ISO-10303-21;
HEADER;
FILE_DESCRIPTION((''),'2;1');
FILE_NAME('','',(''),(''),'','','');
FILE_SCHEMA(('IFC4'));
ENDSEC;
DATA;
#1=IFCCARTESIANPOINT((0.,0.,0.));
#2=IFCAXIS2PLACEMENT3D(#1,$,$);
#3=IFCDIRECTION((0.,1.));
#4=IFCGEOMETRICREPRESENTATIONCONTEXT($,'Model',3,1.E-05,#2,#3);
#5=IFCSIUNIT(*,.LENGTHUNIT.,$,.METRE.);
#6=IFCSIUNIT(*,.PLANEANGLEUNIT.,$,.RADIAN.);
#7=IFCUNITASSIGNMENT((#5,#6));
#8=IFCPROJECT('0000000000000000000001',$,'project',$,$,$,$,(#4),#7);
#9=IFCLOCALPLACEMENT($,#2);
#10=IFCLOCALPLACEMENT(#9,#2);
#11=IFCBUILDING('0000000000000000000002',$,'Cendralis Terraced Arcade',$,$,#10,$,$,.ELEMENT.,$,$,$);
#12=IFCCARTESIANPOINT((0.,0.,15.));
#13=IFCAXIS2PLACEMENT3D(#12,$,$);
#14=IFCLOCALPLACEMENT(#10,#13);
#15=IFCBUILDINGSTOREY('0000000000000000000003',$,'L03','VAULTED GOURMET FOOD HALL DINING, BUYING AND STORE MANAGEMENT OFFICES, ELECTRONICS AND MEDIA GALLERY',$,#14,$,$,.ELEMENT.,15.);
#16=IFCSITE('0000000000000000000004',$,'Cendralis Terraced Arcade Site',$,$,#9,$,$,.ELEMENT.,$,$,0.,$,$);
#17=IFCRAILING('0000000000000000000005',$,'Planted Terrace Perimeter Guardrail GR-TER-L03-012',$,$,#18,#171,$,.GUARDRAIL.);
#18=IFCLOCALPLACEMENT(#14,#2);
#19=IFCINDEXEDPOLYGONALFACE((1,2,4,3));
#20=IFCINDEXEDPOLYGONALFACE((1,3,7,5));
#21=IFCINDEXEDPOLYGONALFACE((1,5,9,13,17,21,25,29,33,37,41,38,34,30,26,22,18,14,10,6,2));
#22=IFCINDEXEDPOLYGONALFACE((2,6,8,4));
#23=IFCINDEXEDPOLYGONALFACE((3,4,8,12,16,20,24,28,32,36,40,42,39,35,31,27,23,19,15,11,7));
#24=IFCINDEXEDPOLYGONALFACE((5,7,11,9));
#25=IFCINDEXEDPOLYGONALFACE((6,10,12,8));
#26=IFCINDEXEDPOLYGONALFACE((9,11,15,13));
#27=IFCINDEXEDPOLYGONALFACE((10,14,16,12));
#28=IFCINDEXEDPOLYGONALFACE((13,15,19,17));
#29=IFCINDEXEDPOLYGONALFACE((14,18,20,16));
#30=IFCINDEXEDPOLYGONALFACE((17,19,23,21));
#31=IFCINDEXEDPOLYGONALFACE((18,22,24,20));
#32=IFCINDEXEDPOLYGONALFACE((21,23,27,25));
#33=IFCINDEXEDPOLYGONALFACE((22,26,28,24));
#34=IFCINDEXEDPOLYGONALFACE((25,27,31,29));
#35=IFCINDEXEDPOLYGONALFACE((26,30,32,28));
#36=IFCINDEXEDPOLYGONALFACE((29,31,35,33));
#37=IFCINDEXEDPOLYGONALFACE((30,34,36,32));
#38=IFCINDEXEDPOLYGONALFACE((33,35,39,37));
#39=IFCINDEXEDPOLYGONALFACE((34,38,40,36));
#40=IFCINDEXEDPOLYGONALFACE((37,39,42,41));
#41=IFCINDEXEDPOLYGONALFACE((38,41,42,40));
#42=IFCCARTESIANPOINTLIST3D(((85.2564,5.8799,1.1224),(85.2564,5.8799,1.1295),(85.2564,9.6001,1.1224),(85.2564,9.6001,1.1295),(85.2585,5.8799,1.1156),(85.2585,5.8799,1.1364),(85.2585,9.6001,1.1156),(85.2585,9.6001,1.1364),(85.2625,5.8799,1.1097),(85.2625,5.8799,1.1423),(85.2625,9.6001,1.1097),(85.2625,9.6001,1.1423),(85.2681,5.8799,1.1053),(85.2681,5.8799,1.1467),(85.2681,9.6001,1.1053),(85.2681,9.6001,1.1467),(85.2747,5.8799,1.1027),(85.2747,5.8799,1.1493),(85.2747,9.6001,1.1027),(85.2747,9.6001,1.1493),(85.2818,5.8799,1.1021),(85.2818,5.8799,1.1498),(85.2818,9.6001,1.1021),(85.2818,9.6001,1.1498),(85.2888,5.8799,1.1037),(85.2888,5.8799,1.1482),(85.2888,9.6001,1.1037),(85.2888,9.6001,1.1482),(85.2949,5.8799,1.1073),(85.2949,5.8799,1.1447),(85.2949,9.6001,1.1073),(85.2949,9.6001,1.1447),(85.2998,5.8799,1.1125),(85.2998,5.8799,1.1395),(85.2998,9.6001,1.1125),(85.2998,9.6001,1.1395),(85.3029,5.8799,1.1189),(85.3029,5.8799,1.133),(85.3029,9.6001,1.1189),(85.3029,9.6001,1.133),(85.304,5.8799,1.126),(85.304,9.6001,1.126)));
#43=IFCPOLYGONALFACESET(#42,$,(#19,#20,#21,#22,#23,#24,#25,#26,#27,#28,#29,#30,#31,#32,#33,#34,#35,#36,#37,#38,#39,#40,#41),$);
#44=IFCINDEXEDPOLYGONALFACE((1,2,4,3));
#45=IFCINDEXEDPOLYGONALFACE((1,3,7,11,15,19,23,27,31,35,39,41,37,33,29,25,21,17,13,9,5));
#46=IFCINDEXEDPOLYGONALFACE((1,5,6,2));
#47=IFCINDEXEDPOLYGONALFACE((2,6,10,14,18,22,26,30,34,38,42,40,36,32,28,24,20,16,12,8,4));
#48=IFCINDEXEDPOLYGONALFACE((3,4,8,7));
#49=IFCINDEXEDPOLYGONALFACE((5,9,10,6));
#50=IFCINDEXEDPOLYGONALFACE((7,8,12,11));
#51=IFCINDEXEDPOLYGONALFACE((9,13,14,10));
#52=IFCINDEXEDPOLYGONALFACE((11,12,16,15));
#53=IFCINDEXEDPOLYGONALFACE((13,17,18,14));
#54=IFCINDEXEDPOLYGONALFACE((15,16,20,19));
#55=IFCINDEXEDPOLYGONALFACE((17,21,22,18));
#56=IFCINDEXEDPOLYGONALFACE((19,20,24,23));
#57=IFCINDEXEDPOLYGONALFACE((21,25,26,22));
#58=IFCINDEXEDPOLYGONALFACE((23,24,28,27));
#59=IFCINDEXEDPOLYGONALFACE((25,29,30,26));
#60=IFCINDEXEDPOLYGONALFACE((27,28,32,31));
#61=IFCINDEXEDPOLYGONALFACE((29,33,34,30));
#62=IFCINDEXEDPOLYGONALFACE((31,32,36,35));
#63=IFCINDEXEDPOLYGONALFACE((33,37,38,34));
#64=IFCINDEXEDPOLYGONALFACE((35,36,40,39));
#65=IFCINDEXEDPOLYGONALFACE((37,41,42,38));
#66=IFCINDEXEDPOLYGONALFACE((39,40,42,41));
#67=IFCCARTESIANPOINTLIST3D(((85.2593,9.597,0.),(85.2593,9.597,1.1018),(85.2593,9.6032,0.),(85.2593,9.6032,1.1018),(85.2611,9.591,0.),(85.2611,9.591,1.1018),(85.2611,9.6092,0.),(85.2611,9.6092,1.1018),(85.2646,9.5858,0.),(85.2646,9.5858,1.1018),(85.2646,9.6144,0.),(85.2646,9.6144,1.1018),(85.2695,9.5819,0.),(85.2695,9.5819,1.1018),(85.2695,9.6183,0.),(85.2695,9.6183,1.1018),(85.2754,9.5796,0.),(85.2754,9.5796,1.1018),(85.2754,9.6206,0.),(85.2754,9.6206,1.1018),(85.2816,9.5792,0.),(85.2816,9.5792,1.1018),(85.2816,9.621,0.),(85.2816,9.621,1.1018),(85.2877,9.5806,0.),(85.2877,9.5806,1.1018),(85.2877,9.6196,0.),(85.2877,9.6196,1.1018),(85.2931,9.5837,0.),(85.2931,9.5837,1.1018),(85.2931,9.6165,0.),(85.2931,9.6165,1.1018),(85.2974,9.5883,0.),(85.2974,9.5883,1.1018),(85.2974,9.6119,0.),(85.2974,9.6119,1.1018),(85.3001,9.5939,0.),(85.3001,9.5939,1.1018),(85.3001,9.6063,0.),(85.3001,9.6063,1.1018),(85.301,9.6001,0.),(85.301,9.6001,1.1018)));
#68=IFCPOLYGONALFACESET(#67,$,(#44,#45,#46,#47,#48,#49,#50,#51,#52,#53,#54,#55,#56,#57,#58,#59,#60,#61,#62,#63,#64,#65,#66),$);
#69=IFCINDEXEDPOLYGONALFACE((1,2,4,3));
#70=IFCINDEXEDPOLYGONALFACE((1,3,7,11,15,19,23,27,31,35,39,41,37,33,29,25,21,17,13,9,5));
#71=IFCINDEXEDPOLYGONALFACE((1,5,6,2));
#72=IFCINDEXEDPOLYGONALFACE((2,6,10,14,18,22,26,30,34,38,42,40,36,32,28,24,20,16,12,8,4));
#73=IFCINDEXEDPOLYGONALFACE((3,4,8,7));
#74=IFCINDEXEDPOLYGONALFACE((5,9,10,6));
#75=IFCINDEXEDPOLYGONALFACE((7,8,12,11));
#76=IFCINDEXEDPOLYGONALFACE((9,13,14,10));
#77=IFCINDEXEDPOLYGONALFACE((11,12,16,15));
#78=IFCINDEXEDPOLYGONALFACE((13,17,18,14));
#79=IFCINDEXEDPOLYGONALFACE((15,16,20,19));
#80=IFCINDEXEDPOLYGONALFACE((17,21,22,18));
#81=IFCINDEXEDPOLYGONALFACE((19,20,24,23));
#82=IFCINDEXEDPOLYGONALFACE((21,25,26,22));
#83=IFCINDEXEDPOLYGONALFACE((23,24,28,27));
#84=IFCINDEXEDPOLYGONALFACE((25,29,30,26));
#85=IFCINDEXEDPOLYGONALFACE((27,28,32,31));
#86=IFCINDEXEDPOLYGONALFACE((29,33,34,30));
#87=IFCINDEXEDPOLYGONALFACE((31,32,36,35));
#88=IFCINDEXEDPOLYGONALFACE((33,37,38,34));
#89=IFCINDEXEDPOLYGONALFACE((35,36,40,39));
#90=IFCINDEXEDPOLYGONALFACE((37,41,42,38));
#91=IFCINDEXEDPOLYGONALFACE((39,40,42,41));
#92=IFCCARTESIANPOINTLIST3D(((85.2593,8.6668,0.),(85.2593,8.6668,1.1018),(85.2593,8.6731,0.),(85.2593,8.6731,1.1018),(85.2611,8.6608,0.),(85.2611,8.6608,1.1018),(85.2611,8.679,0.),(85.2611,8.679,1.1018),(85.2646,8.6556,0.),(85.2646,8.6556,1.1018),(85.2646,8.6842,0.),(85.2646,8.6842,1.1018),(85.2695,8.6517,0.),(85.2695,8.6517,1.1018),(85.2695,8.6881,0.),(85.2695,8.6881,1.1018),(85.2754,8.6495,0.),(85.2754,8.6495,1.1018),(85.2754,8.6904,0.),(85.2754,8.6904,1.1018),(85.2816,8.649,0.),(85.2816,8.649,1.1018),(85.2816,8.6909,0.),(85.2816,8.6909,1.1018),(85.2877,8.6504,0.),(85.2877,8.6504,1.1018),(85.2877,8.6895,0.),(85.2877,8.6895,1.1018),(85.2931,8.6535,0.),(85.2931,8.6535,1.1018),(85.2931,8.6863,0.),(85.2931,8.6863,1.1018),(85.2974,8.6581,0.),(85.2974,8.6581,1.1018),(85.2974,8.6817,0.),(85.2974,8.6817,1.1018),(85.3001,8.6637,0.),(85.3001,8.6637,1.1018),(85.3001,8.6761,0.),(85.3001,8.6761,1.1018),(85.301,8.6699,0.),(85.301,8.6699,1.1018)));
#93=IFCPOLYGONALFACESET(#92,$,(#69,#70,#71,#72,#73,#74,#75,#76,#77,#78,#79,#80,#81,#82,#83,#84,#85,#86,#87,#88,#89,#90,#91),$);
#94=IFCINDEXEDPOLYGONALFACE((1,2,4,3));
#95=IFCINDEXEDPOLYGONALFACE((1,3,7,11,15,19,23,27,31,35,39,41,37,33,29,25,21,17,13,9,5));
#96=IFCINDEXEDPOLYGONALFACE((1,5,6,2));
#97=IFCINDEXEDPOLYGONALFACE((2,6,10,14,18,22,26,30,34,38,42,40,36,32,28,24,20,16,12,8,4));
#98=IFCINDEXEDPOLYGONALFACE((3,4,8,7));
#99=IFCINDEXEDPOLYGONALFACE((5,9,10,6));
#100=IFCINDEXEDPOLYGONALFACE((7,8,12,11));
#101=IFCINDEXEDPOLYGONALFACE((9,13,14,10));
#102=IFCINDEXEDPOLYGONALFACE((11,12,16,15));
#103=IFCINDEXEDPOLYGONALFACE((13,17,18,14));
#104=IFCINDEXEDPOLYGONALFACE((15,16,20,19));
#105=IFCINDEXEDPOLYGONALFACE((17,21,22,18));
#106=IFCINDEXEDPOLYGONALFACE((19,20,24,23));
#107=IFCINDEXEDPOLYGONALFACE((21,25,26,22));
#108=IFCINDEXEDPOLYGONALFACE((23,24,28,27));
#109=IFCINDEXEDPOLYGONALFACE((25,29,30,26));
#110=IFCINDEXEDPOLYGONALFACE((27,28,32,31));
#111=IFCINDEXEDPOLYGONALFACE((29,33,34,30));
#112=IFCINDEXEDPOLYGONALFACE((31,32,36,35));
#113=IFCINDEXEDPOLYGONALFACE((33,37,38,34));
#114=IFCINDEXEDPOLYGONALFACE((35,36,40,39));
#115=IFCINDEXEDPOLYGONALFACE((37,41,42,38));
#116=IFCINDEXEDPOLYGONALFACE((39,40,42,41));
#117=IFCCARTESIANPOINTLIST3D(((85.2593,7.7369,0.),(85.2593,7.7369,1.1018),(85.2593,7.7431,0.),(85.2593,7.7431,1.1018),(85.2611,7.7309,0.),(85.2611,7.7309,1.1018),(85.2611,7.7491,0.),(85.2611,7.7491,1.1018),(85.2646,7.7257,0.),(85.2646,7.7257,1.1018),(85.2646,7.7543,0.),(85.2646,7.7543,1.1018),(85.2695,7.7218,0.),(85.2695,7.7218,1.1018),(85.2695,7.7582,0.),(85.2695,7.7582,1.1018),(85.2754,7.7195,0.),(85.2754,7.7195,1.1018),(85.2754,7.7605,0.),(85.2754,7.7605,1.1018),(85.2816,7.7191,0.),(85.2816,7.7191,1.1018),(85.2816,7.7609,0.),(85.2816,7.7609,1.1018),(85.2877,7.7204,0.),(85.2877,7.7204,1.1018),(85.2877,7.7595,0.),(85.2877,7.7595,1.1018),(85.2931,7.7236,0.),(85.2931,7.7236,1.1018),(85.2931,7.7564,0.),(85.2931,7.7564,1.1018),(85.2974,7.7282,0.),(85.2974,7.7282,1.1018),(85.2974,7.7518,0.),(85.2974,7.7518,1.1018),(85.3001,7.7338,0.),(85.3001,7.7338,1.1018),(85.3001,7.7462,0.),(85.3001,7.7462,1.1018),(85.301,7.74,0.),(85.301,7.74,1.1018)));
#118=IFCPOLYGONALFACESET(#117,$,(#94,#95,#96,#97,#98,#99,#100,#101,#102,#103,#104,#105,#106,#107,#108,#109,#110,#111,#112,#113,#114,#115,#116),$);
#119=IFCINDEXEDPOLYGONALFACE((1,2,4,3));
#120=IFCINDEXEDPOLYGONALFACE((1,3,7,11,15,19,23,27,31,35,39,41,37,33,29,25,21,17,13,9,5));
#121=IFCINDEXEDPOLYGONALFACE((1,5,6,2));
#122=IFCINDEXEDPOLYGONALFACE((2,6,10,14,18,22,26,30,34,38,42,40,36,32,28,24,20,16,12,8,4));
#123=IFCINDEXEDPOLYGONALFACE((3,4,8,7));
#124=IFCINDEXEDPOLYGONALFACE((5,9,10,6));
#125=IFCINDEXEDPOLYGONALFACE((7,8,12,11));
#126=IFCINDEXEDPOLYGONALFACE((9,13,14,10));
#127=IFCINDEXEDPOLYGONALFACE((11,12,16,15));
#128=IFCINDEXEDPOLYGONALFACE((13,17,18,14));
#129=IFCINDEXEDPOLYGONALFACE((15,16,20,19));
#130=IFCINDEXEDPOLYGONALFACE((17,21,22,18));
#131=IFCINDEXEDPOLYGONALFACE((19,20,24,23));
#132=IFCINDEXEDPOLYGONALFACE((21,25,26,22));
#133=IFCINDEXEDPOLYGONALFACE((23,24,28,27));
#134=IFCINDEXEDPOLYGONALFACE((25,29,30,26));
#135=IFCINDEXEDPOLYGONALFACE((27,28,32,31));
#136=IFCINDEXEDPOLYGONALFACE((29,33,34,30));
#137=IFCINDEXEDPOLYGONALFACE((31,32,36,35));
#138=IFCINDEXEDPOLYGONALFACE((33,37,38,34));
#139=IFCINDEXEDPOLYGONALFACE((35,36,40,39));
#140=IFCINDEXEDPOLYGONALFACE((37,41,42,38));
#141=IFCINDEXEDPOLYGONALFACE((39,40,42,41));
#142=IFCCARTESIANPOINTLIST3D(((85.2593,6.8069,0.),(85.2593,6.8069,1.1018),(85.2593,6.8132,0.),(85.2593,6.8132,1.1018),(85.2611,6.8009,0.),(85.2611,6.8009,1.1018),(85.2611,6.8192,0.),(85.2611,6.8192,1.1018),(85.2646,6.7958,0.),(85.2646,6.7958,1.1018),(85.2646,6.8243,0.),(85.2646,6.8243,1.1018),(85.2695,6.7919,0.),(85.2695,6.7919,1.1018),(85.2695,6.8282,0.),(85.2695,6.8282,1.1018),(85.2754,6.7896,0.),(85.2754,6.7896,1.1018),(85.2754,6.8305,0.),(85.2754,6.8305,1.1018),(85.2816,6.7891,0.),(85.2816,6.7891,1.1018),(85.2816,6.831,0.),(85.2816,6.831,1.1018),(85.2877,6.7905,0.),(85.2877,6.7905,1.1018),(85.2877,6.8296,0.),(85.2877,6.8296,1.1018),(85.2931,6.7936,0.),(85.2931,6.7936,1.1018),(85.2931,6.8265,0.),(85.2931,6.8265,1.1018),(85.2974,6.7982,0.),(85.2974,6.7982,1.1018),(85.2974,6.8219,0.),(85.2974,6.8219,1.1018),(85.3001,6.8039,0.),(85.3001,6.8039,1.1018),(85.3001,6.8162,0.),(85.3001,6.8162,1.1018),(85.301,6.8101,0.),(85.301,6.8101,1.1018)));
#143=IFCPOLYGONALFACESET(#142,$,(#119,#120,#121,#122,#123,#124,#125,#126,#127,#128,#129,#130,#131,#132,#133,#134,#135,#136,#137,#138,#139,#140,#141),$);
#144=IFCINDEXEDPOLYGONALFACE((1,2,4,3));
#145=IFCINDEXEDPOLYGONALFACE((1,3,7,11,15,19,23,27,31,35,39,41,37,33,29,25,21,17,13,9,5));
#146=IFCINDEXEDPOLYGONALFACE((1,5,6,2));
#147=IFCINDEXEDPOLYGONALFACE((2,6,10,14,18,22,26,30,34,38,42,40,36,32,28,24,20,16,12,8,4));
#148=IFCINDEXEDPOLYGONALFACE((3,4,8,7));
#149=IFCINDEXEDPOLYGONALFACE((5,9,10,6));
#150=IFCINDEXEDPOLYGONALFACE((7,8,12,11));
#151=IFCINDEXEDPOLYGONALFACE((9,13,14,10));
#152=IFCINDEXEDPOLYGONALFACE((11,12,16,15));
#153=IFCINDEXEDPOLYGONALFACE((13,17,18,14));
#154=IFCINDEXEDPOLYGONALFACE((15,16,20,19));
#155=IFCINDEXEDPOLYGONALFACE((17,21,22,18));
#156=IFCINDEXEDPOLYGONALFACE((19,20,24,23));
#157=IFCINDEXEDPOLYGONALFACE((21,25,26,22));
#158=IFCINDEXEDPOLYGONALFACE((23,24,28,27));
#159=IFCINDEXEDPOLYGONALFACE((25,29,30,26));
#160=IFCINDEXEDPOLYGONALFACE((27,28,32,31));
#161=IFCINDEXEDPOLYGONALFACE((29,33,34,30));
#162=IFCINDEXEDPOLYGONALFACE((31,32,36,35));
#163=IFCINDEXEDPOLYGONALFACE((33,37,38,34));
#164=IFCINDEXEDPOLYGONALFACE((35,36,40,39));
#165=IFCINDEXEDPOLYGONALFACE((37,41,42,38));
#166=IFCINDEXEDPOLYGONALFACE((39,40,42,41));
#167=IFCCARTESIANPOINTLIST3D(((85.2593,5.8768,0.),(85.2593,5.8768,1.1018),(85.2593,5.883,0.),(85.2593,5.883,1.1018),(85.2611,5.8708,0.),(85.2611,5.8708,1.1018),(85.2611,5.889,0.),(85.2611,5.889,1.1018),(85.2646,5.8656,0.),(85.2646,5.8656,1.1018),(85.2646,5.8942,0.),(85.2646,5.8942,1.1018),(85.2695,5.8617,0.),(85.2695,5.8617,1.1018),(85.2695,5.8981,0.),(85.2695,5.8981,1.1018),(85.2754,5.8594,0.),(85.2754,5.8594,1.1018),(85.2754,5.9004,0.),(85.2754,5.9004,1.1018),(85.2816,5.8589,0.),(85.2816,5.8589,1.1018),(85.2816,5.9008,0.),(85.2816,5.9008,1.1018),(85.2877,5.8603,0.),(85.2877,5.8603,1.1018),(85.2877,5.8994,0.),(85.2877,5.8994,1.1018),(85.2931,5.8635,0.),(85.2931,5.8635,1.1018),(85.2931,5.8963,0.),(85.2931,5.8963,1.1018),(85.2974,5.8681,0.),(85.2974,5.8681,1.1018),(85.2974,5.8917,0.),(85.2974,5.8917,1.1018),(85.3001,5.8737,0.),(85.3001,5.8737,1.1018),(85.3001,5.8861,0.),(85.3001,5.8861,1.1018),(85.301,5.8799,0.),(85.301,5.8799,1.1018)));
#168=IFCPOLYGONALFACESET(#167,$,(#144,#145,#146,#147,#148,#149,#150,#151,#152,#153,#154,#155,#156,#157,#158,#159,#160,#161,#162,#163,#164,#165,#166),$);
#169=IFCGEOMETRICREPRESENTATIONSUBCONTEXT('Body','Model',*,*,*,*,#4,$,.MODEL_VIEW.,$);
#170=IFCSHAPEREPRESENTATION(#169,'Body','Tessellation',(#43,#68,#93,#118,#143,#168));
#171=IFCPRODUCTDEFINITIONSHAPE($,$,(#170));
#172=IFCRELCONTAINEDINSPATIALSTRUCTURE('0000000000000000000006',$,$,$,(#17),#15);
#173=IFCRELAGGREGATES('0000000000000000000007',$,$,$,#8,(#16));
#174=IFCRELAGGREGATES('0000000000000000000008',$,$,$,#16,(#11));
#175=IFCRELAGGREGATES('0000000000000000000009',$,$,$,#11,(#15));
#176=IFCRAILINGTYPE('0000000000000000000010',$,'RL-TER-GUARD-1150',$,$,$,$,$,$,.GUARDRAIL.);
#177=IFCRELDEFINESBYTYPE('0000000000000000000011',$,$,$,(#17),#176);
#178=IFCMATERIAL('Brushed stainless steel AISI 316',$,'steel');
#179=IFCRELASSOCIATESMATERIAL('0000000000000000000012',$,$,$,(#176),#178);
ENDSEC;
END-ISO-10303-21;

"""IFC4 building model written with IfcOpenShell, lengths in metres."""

from ifc_helpers import new_model, si_unit, direction, frame, origin, origin_2d, place, context, subcontext, project, spatial, circle, extrude, material, type_object, element, save


model = new_model("IFC4")

# Units and contexts
model_context = context("Model", 3, precision=1e-05, world=origin(), true_north=direction((0.0, 1.0)))
body_context = subcontext(model_context, "Body", "Model", "MODEL_VIEW")
ifc_project = project(units=[si_unit("LENGTHUNIT", "METRE"), si_unit("PLANEANGLEUNIT", "RADIAN")], contexts=[model_context])

# Site, building, storey
site_placement = place(None, origin())
site = spatial("IfcSite", under=ifc_project, at=site_placement, Name="Cendralis Terraced Arcade Site", CompositionType="ELEMENT", RefElevation=0.0)
building_placement = place(site_placement, origin())
building = spatial("IfcBuilding", under=site, at=building_placement, Name="Cendralis Terraced Arcade", CompositionType="ELEMENT")
storey_placement = place(building_placement, frame((0.0, 0.0, 15.0)))
storey = spatial("IfcBuildingStorey", under=building, at=storey_placement, Name="L03", Description="VAULTED GOURMET FOOD HALL DINING, BUYING AND STORE MANAGEMENT OFFICES, ELECTRONICS AND MEDIA GALLERY", CompositionType="ELEMENT", Elevation=15.0)

# Railing
ifc_material_1 = material(Name="Brushed stainless steel AISI 316", Category="steel")
railing_type_1 = type_object("IfcRailingType", Name="RL-TER-GUARD-1150", PredefinedType="GUARDRAIL", material=ifc_material_1)
railing_1_placement = place(storey_placement, frame((85.28, 9.6001, 0.0)))
element("IfcRailing", 1, at=railing_1_placement, inside=storey, type_object=railing_type_1, Name="Planted Terrace Perimeter Guardrail GR-TER-L03-012", PredefinedType="GUARDRAIL", context=body_context, shape_type="SweptSolid", body=[
    extrude(circle(Radius=0.0239, at=origin_2d()), frame((0.0, 0.0, 1.126), z_axis=(0.0, -1.0, 0.0), x_axis=(1.0, 0.0, 0.0)), (0.0, 0.0, 1.0), 3.7202),
    extrude(circle(Radius=0.021, at=origin_2d()), origin(), (0.0, 0.0, 1.0), 1.1018),
    extrude(circle(Radius=0.021, at=origin_2d()), frame((0.0, -0.9302, 0.0)), (0.0, 0.0, 1.0), 1.1018),
    extrude(circle(Radius=0.021, at=origin_2d()), frame((0.0, -1.8601, 0.0)), (0.0, 0.0, 1.0), 1.1018),
    extrude(circle(Radius=0.021, at=origin_2d()), frame((0.0, -2.79, 0.0)), (0.0, 0.0, 1.0), 1.1018),
    extrude(circle(Radius=0.021, at=origin_2d()), frame((0.0, -3.7202, 0.0)), (0.0, 0.0, 1.0), 1.1018),
])

save(model, "model.ifc")
